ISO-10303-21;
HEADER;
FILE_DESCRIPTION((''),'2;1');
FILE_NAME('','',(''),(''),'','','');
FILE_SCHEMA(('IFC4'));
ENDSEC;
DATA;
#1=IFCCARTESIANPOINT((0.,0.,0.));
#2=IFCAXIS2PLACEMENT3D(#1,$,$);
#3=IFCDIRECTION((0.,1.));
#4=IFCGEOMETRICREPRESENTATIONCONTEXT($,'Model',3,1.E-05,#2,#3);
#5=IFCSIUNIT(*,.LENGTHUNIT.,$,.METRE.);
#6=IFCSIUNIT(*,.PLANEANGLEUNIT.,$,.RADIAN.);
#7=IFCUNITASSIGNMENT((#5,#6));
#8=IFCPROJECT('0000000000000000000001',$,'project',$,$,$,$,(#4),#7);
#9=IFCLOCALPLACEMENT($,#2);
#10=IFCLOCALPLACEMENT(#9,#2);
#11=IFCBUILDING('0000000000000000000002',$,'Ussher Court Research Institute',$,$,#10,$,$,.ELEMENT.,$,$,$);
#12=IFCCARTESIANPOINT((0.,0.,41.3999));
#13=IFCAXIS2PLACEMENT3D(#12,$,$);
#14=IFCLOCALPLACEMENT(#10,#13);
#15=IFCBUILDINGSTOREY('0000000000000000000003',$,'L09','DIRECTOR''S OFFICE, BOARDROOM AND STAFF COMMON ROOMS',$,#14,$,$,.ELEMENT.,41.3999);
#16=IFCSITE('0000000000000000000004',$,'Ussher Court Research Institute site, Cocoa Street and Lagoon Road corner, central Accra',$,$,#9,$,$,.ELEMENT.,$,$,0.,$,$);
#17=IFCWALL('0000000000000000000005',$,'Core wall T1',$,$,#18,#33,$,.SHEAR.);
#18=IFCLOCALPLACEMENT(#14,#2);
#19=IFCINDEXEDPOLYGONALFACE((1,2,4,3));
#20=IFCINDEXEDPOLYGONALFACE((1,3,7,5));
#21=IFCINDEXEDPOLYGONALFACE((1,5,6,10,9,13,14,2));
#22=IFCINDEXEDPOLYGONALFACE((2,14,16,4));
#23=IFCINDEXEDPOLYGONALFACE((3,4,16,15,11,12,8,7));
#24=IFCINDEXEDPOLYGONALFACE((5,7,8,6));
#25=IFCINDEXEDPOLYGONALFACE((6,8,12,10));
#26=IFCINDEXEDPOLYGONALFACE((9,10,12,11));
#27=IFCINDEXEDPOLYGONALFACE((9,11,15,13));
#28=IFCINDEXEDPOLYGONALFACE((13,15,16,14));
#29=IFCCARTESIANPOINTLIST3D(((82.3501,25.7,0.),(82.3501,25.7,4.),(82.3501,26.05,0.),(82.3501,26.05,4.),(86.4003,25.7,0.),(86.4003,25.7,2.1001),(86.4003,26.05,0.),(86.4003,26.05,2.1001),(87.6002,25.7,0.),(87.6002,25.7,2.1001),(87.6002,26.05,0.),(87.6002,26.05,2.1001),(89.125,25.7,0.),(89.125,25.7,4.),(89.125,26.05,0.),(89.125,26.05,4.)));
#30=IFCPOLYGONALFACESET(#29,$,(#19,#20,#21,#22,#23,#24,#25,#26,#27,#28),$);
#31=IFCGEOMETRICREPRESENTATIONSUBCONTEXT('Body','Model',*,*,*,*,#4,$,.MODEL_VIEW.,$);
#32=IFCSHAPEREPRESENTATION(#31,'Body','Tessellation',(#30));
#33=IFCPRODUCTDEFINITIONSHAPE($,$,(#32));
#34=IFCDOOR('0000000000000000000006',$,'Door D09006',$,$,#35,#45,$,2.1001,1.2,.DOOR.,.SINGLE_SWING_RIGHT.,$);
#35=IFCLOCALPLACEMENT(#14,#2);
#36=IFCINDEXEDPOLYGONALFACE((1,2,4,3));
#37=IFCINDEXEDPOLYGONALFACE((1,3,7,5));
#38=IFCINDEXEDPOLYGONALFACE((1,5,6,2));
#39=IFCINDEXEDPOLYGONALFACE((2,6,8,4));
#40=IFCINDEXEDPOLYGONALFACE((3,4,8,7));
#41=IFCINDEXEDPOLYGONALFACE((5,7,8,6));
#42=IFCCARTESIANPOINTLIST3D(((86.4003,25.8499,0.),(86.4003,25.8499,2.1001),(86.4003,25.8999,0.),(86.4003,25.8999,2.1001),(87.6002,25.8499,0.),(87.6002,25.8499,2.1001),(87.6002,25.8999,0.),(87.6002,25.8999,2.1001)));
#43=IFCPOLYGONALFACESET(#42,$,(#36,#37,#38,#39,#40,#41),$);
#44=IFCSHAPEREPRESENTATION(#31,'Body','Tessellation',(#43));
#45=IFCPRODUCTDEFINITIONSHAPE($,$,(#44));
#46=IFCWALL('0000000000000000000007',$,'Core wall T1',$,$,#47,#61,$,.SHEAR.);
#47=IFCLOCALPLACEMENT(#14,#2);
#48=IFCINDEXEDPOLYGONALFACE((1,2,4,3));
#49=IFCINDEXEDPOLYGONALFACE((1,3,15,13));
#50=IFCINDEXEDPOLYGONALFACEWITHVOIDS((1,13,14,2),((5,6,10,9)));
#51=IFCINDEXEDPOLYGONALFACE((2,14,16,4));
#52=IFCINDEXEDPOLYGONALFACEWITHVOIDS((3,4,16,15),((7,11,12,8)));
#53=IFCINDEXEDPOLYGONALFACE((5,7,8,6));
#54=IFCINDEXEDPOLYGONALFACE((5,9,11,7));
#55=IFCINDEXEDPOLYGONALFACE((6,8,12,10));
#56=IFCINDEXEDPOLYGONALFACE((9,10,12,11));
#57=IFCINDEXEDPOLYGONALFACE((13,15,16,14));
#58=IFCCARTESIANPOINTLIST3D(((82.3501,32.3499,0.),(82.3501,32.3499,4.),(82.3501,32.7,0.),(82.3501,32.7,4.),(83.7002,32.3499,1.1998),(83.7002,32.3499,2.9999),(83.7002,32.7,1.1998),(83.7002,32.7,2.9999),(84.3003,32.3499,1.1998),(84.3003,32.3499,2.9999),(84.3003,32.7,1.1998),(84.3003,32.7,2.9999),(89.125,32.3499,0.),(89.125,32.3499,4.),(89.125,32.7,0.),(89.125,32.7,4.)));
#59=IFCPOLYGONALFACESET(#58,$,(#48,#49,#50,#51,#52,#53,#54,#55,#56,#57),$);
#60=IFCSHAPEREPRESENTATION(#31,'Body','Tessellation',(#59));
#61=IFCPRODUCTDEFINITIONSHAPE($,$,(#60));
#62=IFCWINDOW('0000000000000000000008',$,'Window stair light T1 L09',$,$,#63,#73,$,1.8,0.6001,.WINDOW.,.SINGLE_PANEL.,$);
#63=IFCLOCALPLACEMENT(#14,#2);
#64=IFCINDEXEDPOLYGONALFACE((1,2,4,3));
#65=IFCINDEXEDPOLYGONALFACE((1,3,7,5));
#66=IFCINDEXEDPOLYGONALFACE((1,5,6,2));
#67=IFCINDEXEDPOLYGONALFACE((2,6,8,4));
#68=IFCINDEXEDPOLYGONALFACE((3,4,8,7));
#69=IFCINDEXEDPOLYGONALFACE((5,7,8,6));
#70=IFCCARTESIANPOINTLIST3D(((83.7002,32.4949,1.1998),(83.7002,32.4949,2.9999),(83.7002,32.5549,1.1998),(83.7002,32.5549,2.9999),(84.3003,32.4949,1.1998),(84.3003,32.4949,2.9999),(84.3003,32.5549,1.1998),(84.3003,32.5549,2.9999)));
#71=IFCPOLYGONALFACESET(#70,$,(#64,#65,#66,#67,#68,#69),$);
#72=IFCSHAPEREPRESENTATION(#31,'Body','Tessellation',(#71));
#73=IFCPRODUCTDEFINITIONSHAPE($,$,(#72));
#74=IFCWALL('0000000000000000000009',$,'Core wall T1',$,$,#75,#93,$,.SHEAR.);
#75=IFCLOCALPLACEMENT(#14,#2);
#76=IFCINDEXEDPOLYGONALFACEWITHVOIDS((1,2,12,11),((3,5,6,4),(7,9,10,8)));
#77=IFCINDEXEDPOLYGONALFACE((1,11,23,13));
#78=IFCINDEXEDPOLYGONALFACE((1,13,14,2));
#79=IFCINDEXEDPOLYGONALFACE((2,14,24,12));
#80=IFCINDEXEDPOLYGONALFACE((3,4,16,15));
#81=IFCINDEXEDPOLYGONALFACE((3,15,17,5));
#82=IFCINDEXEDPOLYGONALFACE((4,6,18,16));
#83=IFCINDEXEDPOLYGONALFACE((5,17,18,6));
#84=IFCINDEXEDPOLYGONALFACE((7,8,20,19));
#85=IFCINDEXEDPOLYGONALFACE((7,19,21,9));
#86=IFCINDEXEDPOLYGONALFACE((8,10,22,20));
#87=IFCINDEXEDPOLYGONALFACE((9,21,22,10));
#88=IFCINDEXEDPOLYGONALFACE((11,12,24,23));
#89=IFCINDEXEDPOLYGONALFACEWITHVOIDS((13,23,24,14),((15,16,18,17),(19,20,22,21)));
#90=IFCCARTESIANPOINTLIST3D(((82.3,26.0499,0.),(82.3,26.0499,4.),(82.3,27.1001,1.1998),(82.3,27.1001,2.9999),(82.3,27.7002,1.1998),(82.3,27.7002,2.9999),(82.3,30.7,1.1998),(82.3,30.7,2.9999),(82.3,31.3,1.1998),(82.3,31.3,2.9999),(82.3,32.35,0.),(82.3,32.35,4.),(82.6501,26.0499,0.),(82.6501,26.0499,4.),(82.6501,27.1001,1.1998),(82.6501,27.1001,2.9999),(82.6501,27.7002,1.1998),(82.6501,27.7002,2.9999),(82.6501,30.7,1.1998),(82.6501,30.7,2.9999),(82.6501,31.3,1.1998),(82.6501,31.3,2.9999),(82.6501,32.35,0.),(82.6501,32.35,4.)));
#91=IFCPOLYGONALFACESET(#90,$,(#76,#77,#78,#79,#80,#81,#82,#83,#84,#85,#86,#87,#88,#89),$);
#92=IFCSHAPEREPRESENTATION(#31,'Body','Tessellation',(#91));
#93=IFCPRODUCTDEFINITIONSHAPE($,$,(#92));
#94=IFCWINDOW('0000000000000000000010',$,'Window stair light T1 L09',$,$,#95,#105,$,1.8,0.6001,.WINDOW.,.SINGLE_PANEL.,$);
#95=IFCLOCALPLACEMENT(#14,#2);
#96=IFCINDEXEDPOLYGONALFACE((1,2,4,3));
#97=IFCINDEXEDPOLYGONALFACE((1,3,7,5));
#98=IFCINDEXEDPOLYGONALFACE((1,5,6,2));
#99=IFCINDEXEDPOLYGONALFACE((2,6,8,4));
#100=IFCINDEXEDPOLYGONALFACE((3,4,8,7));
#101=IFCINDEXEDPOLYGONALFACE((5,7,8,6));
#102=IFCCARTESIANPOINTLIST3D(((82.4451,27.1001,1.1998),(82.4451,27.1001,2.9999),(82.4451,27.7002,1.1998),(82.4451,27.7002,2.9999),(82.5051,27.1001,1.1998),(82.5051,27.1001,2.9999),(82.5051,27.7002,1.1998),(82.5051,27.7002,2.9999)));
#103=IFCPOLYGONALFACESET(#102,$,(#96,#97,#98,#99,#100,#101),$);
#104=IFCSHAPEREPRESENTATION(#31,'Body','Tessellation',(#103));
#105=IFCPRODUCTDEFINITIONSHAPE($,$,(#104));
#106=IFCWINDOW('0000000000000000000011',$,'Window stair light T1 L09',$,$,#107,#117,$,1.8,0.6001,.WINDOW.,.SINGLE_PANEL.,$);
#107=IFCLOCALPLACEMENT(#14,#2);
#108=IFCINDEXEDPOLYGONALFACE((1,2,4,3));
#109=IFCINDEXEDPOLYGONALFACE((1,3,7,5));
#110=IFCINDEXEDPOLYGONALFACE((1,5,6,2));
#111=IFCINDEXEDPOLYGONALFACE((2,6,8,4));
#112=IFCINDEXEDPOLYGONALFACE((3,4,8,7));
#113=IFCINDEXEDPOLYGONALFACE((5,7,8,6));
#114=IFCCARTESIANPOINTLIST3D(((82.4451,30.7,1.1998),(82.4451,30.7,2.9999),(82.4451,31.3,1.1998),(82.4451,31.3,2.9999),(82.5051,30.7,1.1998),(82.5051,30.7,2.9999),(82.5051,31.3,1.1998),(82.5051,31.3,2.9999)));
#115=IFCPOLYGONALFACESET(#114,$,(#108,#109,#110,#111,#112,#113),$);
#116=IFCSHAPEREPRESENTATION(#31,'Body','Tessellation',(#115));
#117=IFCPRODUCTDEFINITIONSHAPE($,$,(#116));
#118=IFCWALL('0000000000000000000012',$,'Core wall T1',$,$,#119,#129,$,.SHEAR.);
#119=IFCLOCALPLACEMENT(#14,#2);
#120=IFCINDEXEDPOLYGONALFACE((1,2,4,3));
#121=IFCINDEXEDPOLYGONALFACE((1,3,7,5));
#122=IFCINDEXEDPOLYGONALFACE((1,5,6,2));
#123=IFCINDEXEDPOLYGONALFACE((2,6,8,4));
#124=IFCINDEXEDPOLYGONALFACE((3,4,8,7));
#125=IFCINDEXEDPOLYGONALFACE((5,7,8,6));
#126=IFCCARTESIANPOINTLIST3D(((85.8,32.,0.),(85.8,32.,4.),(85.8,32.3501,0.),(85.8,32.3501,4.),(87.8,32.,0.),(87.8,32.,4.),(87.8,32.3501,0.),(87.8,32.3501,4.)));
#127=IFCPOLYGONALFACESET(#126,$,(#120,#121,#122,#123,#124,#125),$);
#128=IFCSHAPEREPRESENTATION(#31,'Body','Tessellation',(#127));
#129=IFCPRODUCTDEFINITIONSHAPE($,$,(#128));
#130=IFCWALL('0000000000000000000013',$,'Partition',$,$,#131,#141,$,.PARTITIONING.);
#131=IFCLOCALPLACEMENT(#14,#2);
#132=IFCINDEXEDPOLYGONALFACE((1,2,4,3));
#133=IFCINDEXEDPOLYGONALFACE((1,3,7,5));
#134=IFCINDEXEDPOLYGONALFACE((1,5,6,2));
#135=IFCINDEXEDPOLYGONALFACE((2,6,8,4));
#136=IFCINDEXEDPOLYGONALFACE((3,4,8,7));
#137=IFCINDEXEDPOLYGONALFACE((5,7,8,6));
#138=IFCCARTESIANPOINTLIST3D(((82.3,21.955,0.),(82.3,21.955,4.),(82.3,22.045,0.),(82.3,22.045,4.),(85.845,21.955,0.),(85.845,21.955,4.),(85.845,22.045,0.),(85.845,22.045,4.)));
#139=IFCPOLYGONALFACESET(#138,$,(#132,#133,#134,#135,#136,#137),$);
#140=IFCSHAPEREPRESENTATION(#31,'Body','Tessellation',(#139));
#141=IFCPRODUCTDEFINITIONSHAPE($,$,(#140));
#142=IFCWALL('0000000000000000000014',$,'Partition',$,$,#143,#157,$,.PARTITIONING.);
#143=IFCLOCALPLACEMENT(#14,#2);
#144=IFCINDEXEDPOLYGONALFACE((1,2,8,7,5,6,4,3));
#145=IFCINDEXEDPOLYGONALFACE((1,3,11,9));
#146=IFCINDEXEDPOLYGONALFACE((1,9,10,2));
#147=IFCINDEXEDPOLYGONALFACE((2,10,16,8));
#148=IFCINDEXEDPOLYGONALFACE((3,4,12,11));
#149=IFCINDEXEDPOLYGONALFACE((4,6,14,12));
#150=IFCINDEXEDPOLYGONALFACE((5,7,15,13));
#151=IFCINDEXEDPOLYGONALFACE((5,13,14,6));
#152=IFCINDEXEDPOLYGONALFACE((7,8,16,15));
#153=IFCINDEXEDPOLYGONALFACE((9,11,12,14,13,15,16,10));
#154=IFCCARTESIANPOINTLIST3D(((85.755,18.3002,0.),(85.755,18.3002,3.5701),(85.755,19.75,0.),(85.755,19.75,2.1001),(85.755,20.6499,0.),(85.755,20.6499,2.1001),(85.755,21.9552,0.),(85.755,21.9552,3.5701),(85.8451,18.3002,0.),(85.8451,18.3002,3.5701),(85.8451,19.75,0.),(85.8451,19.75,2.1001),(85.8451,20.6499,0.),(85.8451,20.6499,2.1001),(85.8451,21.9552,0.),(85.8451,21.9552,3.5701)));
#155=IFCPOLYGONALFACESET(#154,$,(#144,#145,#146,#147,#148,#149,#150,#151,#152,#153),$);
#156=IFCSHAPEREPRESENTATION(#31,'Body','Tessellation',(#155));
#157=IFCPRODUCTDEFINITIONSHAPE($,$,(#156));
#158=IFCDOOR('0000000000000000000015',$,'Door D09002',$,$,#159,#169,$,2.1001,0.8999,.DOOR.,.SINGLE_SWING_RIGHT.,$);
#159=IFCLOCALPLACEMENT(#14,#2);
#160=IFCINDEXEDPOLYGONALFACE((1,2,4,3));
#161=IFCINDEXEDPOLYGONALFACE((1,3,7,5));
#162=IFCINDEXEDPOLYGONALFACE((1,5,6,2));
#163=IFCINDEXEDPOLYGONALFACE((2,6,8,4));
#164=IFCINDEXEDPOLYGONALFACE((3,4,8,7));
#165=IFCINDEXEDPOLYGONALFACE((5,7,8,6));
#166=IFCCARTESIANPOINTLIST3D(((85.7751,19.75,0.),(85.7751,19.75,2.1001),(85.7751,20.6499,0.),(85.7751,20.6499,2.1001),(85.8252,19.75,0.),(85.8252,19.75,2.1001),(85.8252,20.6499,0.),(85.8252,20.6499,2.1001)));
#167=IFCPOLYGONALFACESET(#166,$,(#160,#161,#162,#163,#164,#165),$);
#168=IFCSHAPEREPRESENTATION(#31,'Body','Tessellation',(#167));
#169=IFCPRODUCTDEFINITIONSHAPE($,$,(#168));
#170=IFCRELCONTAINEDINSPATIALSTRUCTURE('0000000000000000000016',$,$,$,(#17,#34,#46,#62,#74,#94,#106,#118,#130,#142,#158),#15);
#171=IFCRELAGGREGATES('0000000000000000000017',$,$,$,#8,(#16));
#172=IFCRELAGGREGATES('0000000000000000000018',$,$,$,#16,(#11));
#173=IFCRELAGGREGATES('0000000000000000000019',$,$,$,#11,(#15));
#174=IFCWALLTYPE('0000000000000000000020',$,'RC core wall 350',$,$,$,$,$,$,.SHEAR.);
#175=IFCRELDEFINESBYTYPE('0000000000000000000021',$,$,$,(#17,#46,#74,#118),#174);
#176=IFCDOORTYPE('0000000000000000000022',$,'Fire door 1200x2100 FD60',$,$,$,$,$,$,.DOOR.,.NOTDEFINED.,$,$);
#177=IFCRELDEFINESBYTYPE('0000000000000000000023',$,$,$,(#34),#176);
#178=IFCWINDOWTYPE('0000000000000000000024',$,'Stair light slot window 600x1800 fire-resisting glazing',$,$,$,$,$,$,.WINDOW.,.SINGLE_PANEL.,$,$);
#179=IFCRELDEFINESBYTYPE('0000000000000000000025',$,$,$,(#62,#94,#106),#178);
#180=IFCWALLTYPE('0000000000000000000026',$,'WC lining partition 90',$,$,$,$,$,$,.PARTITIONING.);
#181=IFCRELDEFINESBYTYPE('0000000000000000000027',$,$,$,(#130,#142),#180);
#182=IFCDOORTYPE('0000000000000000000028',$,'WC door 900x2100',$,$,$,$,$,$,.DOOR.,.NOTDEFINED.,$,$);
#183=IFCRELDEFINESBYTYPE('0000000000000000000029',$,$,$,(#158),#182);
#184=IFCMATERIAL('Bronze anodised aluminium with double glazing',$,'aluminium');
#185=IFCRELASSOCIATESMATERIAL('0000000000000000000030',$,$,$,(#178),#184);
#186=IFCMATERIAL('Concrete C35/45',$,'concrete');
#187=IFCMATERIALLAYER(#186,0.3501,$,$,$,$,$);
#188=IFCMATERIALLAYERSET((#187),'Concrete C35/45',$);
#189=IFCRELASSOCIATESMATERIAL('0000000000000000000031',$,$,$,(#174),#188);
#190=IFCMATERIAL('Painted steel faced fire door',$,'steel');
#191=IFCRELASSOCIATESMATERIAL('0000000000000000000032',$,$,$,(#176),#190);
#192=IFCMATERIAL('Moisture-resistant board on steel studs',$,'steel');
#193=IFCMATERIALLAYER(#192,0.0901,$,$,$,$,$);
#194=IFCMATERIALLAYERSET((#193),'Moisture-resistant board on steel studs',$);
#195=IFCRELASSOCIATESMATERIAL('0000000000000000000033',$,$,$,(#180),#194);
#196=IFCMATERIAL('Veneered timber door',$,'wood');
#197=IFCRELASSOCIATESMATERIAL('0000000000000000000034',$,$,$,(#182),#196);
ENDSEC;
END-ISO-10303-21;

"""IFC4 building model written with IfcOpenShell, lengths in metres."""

from ifc_helpers import new_model, si_unit, direction, frame, frame_2d, origin, place, context, subcontext, project, spatial, rectangle, extrude, material, layer, layer_set, type_object, element, fill, save


model = new_model("IFC4")

# Units and contexts
model_context = context("Model", 3, precision=1e-05, world=origin(), true_north=direction((0.0, 1.0)))
body_context = subcontext(model_context, "Body", "Model", "MODEL_VIEW")
ifc_project = project(units=[si_unit("LENGTHUNIT", "METRE"), si_unit("PLANEANGLEUNIT", "RADIAN")], contexts=[model_context])

# Site, building, storey
site_placement = place(None, origin())
site = spatial("IfcSite", under=ifc_project, at=site_placement, Name="Ussher Court Research Institute site, Cocoa Street and Lagoon Road corner, central Accra", CompositionType="ELEMENT", RefElevation=0.0)
building_placement = place(site_placement, origin())
building = spatial("IfcBuilding", under=site, at=building_placement, Name="Ussher Court Research Institute", CompositionType="ELEMENT")
storey_placement = place(building_placement, frame((0.0, 0.0, 41.3999)))
storey = spatial("IfcBuildingStorey", under=building, at=storey_placement, Name="L09", Description="DIRECTOR'S OFFICE, BOARDROOM AND STAFF COMMON ROOMS", CompositionType="ELEMENT", Elevation=41.3999)

# Shared definitions
ifc_material_1 = material(Name="Bronze anodised aluminium with double glazing", Category="aluminium")
window_type = type_object("IfcWindowType", Name="Stair light slot window 600x1800 fire-resisting glazing", PartitioningType="SINGLE_PANEL", PredefinedType="WINDOW", material=ifc_material_1)

# Wall, opening, door
ifc_material_2 = material(Name="Concrete C35/45", Category="concrete")
ifc_layer_1 = layer(ifc_material_2, 0.3501)
ifc_layer_set_1 = layer_set([ifc_layer_1], Name="Concrete C35/45")
wall_type_1 = type_object("IfcWallType", Name="RC core wall 350", PredefinedType="SHEAR", material=ifc_layer_set_1)
wall_1_placement = place(storey_placement, frame((82.3501, 25.875, 0.0), z_axis=(0.0, 0.0, 1.0), x_axis=(1.0, 0.0, 0.0)))
wall_1 = element("IfcWall", 1, at=wall_1_placement, inside=storey, type_object=wall_type_1, Name="Core wall T1", PredefinedType="SHEAR", context=body_context, shape_type="SweptSolid", body=[
    extrude(rectangle(XDim=6.7749, YDim=0.3501, at=frame_2d((3.3875, 0.0))), origin(), (0.0, 0.0, 1.0), 4.0),
])
opening_1_placement = place(wall_1_placement, frame((4.05, 0.0, 0.0)))
opening_1 = element("IfcOpeningElement", 2, at=opening_1_placement, cuts=wall_1, PredefinedType="OPENING", context=body_context, shape_type="SweptSolid", body=[
    extrude(rectangle(XDim=1.2, YDim=2.1001, at=frame_2d((0.6001, 1.05))), frame((0.0, 0.1851, 0.0), z_axis=(0.0, -1.0, 0.0), x_axis=(1.0, 0.0, 0.0)), (0.0, 0.0, 1.0), 0.3701),
])
ifc_material_3 = material(Name="Painted steel faced fire door", Category="steel")
door_type_1 = type_object("IfcDoorType", Name="Fire door 1200x2100 FD60", OperationType="NOTDEFINED", PredefinedType="DOOR", material=ifc_material_3)
door_1_placement = place(opening_1_placement, origin())
door_1 = element("IfcDoor", 3, at=door_1_placement, inside=storey, type_object=door_type_1, Name="Door D09006", OperationType="SINGLE_SWING_RIGHT", OverallHeight=2.1001, OverallWidth=1.2, PredefinedType="DOOR", context=body_context, shape_type="SweptSolid", body=[
    extrude(rectangle(XDim=1.2, YDim=2.1001, at=frame_2d((0.6001, 1.05))), frame((0.0, 0.0249, 0.0), z_axis=(0.0, -1.0, 0.0), x_axis=(1.0, 0.0, 0.0)), (0.0, 0.0, 1.0), 0.05),
])
fill(opening_1, door_1)

# Wall, opening, window
wall_2_placement = place(storey_placement, frame((82.3501, 32.5249, 0.0), z_axis=(0.0, 0.0, 1.0), x_axis=(1.0, 0.0, 0.0)))
wall_2 = element("IfcWall", 4, at=wall_2_placement, inside=storey, type_object=wall_type_1, Name="Core wall T1", PredefinedType="SHEAR", context=body_context, shape_type="SweptSolid", body=[
    extrude(rectangle(XDim=6.7749, YDim=0.3501, at=frame_2d((3.3875, 0.0))), origin(), (0.0, 0.0, 1.0), 4.0),
])
opening_2_placement = place(wall_2_placement, frame((1.3501, 0.0, 1.2)))
opening_2 = element("IfcOpeningElement", 5, at=opening_2_placement, cuts=wall_2, PredefinedType="OPENING", context=body_context, shape_type="SweptSolid", body=[
    extrude(rectangle(XDim=0.6001, YDim=1.8, at=frame_2d((0.3, 0.8999))), frame((0.0, 0.1851, 0.0), z_axis=(0.0, -1.0, 0.0), x_axis=(1.0, 0.0, 0.0)), (0.0, 0.0, 1.0), 0.3701),
])
window_1_placement = place(opening_2_placement, origin())
window_1 = element("IfcWindow", 6, at=window_1_placement, inside=storey, type_object=window_type, Name="Window stair light T1 L09", OverallHeight=1.8, OverallWidth=0.6001, PartitioningType="SINGLE_PANEL", PredefinedType="WINDOW", context=body_context, shape_type="SweptSolid", body=[
    extrude(rectangle(XDim=0.6001, YDim=1.8, at=frame_2d((0.3, 0.8999))), frame((0.0, 0.03, 0.0), z_axis=(0.0, -1.0, 0.0), x_axis=(1.0, 0.0, 0.0)), (0.0, 0.0, 1.0), 0.0601),
])
fill(opening_2, window_1)

# Wall, openings, windows
wall_3_placement = place(storey_placement, frame((82.4751, 26.05, 0.0), z_axis=(0.0, 0.0, 1.0), x_axis=(0.0, 1.0, 0.0)))
wall_3 = element("IfcWall", 7, at=wall_3_placement, inside=storey, type_object=wall_type_1, Name="Core wall T1", PredefinedType="SHEAR", context=body_context, shape_type="SweptSolid", body=[
    extrude(rectangle(XDim=6.3, YDim=0.3501, at=frame_2d((3.1499, 0.0))), origin(), (0.0, 0.0, 1.0), 4.0),
])
opening_3_placement = place(wall_3_placement, frame((1.05, 0.0, 1.2)))
opening_3 = element("IfcOpeningElement", 8, at=opening_3_placement, cuts=wall_3, PredefinedType="OPENING", context=body_context, shape_type="SweptSolid", body=[
    extrude(rectangle(XDim=0.6001, YDim=1.8, at=frame_2d((0.3, 0.8999))), frame((0.0, 0.1851, 0.0), z_axis=(0.0, -1.0, 0.0), x_axis=(1.0, 0.0, 0.0)), (0.0, 0.0, 1.0), 0.3701),
])
opening_4_placement = place(wall_3_placement, frame((4.6499, 0.0, 1.2)))
opening_4 = element("IfcOpeningElement", 9, at=opening_4_placement, cuts=wall_3, PredefinedType="OPENING", context=body_context, shape_type="SweptSolid", body=[
    extrude(rectangle(XDim=0.6001, YDim=1.8, at=frame_2d((0.3, 0.8999))), frame((0.0, 0.1851, 0.0), z_axis=(0.0, -1.0, 0.0), x_axis=(1.0, 0.0, 0.0)), (0.0, 0.0, 1.0), 0.3701),
])
window_2_placement = place(opening_3_placement, origin())
window_2 = element("IfcWindow", 10, at=window_2_placement, inside=storey, type_object=window_type, Name="Window stair light T1 L09", OverallHeight=1.8, OverallWidth=0.6001, PartitioningType="SINGLE_PANEL", PredefinedType="WINDOW", context=body_context, shape_type="SweptSolid", body=[
    extrude(rectangle(XDim=0.6001, YDim=1.8, at=frame_2d((0.3, 0.8999))), frame((0.0, 0.03, 0.0), z_axis=(0.0, -1.0, 0.0), x_axis=(1.0, 0.0, 0.0)), (0.0, 0.0, 1.0), 0.0601),
])
fill(opening_3, window_2)
window_3_placement = place(opening_4_placement, origin())
window_3 = element("IfcWindow", 11, at=window_3_placement, inside=storey, type_object=window_type, Name="Window stair light T1 L09", OverallHeight=1.8, OverallWidth=0.6001, PartitioningType="SINGLE_PANEL", PredefinedType="WINDOW", context=body_context, shape_type="SweptSolid", body=[
    extrude(rectangle(XDim=0.6001, YDim=1.8, at=frame_2d((0.3, 0.8999))), frame((0.0, 0.03, 0.0), z_axis=(0.0, -1.0, 0.0), x_axis=(1.0, 0.0, 0.0)), (0.0, 0.0, 1.0), 0.0601),
])
fill(opening_4, window_3)

# Walls
wall_4_placement = place(storey_placement, frame((85.8, 32.175, 0.0), z_axis=(0.0, 0.0, 1.0), x_axis=(1.0, 0.0, 0.0)))
element("IfcWall", 12, at=wall_4_placement, inside=storey, type_object=wall_type_1, Name="Core wall T1", PredefinedType="SHEAR", context=body_context, shape_type="SweptSolid", body=[
    extrude(rectangle(XDim=2.0, YDim=0.3501, at=frame_2d((1.0, 0.0))), origin(), (0.0, 0.0, 1.0), 4.0),
])
ifc_material_4 = material(Name="Moisture-resistant board on steel studs", Category="steel")
ifc_layer_2 = layer(ifc_material_4, 0.0901)
ifc_layer_set_2 = layer_set([ifc_layer_2], Name="Moisture-resistant board on steel studs")
wall_type_2 = type_object("IfcWallType", Name="WC lining partition 90", PredefinedType="PARTITIONING", material=ifc_layer_set_2)
wall_5_placement = place(storey_placement, frame((82.3, 22.0, 0.0), z_axis=(0.0, 0.0, 1.0), x_axis=(1.0, 0.0, 0.0)))
element("IfcWall", 13, at=wall_5_placement, inside=storey, type_object=wall_type_2, Name="Partition", PredefinedType="PARTITIONING", context=body_context, shape_type="SweptSolid", body=[
    extrude(rectangle(XDim=3.5449, YDim=0.0901, at=frame_2d((1.7725, 0.0))), origin(), (0.0, 0.0, 1.0), 4.0),
])

# Wall, opening, door
wall_6_placement = place(storey_placement, frame((85.8, 18.3, 0.0), z_axis=(0.0, 0.0, 1.0), x_axis=(0.0, 1.0, 0.0)))
wall_6 = element("IfcWall", 14, at=wall_6_placement, inside=storey, type_object=wall_type_2, Name="Partition", PredefinedType="PARTITIONING", context=body_context, shape_type="SweptSolid", body=[
    extrude(rectangle(XDim=3.655, YDim=0.0901, at=frame_2d((1.8276, 0.0))), origin(), (0.0, 0.0, 1.0), 3.5701),
])
opening_5_placement = place(wall_6_placement, frame((1.45, 0.0, 0.0)))
opening_5 = element("IfcOpeningElement", 15, at=opening_5_placement, cuts=wall_6, PredefinedType="OPENING", context=body_context, shape_type="SweptSolid", body=[
    extrude(rectangle(XDim=0.8999, YDim=2.1001, at=frame_2d((0.45, 1.05))), frame((0.0, 0.0552, 0.0), z_axis=(0.0, -1.0, 0.0), x_axis=(1.0, 0.0, 0.0)), (0.0, 0.0, 1.0), 0.1101),
])
ifc_material_5 = material(Name="Veneered timber door", Category="wood")
door_type_2 = type_object("IfcDoorType", Name="WC door 900x2100", OperationType="NOTDEFINED", PredefinedType="DOOR", material=ifc_material_5)
door_2_placement = place(opening_5_placement, origin())
door_2 = element("IfcDoor", 16, at=door_2_placement, inside=storey, type_object=door_type_2, Name="Door D09002", OperationType="SINGLE_SWING_RIGHT", OverallHeight=2.1001, OverallWidth=0.8999, PredefinedType="DOOR", context=body_context, shape_type="SweptSolid", body=[
    extrude(rectangle(XDim=0.8999, YDim=2.1001, at=frame_2d((0.45, 1.05))), frame((0.0, 0.0249, 0.0), z_axis=(0.0, -1.0, 0.0), x_axis=(1.0, 0.0, 0.0)), (0.0, 0.0, 1.0), 0.05),
])
fill(opening_5, door_2)

save(model, "model.ifc")
